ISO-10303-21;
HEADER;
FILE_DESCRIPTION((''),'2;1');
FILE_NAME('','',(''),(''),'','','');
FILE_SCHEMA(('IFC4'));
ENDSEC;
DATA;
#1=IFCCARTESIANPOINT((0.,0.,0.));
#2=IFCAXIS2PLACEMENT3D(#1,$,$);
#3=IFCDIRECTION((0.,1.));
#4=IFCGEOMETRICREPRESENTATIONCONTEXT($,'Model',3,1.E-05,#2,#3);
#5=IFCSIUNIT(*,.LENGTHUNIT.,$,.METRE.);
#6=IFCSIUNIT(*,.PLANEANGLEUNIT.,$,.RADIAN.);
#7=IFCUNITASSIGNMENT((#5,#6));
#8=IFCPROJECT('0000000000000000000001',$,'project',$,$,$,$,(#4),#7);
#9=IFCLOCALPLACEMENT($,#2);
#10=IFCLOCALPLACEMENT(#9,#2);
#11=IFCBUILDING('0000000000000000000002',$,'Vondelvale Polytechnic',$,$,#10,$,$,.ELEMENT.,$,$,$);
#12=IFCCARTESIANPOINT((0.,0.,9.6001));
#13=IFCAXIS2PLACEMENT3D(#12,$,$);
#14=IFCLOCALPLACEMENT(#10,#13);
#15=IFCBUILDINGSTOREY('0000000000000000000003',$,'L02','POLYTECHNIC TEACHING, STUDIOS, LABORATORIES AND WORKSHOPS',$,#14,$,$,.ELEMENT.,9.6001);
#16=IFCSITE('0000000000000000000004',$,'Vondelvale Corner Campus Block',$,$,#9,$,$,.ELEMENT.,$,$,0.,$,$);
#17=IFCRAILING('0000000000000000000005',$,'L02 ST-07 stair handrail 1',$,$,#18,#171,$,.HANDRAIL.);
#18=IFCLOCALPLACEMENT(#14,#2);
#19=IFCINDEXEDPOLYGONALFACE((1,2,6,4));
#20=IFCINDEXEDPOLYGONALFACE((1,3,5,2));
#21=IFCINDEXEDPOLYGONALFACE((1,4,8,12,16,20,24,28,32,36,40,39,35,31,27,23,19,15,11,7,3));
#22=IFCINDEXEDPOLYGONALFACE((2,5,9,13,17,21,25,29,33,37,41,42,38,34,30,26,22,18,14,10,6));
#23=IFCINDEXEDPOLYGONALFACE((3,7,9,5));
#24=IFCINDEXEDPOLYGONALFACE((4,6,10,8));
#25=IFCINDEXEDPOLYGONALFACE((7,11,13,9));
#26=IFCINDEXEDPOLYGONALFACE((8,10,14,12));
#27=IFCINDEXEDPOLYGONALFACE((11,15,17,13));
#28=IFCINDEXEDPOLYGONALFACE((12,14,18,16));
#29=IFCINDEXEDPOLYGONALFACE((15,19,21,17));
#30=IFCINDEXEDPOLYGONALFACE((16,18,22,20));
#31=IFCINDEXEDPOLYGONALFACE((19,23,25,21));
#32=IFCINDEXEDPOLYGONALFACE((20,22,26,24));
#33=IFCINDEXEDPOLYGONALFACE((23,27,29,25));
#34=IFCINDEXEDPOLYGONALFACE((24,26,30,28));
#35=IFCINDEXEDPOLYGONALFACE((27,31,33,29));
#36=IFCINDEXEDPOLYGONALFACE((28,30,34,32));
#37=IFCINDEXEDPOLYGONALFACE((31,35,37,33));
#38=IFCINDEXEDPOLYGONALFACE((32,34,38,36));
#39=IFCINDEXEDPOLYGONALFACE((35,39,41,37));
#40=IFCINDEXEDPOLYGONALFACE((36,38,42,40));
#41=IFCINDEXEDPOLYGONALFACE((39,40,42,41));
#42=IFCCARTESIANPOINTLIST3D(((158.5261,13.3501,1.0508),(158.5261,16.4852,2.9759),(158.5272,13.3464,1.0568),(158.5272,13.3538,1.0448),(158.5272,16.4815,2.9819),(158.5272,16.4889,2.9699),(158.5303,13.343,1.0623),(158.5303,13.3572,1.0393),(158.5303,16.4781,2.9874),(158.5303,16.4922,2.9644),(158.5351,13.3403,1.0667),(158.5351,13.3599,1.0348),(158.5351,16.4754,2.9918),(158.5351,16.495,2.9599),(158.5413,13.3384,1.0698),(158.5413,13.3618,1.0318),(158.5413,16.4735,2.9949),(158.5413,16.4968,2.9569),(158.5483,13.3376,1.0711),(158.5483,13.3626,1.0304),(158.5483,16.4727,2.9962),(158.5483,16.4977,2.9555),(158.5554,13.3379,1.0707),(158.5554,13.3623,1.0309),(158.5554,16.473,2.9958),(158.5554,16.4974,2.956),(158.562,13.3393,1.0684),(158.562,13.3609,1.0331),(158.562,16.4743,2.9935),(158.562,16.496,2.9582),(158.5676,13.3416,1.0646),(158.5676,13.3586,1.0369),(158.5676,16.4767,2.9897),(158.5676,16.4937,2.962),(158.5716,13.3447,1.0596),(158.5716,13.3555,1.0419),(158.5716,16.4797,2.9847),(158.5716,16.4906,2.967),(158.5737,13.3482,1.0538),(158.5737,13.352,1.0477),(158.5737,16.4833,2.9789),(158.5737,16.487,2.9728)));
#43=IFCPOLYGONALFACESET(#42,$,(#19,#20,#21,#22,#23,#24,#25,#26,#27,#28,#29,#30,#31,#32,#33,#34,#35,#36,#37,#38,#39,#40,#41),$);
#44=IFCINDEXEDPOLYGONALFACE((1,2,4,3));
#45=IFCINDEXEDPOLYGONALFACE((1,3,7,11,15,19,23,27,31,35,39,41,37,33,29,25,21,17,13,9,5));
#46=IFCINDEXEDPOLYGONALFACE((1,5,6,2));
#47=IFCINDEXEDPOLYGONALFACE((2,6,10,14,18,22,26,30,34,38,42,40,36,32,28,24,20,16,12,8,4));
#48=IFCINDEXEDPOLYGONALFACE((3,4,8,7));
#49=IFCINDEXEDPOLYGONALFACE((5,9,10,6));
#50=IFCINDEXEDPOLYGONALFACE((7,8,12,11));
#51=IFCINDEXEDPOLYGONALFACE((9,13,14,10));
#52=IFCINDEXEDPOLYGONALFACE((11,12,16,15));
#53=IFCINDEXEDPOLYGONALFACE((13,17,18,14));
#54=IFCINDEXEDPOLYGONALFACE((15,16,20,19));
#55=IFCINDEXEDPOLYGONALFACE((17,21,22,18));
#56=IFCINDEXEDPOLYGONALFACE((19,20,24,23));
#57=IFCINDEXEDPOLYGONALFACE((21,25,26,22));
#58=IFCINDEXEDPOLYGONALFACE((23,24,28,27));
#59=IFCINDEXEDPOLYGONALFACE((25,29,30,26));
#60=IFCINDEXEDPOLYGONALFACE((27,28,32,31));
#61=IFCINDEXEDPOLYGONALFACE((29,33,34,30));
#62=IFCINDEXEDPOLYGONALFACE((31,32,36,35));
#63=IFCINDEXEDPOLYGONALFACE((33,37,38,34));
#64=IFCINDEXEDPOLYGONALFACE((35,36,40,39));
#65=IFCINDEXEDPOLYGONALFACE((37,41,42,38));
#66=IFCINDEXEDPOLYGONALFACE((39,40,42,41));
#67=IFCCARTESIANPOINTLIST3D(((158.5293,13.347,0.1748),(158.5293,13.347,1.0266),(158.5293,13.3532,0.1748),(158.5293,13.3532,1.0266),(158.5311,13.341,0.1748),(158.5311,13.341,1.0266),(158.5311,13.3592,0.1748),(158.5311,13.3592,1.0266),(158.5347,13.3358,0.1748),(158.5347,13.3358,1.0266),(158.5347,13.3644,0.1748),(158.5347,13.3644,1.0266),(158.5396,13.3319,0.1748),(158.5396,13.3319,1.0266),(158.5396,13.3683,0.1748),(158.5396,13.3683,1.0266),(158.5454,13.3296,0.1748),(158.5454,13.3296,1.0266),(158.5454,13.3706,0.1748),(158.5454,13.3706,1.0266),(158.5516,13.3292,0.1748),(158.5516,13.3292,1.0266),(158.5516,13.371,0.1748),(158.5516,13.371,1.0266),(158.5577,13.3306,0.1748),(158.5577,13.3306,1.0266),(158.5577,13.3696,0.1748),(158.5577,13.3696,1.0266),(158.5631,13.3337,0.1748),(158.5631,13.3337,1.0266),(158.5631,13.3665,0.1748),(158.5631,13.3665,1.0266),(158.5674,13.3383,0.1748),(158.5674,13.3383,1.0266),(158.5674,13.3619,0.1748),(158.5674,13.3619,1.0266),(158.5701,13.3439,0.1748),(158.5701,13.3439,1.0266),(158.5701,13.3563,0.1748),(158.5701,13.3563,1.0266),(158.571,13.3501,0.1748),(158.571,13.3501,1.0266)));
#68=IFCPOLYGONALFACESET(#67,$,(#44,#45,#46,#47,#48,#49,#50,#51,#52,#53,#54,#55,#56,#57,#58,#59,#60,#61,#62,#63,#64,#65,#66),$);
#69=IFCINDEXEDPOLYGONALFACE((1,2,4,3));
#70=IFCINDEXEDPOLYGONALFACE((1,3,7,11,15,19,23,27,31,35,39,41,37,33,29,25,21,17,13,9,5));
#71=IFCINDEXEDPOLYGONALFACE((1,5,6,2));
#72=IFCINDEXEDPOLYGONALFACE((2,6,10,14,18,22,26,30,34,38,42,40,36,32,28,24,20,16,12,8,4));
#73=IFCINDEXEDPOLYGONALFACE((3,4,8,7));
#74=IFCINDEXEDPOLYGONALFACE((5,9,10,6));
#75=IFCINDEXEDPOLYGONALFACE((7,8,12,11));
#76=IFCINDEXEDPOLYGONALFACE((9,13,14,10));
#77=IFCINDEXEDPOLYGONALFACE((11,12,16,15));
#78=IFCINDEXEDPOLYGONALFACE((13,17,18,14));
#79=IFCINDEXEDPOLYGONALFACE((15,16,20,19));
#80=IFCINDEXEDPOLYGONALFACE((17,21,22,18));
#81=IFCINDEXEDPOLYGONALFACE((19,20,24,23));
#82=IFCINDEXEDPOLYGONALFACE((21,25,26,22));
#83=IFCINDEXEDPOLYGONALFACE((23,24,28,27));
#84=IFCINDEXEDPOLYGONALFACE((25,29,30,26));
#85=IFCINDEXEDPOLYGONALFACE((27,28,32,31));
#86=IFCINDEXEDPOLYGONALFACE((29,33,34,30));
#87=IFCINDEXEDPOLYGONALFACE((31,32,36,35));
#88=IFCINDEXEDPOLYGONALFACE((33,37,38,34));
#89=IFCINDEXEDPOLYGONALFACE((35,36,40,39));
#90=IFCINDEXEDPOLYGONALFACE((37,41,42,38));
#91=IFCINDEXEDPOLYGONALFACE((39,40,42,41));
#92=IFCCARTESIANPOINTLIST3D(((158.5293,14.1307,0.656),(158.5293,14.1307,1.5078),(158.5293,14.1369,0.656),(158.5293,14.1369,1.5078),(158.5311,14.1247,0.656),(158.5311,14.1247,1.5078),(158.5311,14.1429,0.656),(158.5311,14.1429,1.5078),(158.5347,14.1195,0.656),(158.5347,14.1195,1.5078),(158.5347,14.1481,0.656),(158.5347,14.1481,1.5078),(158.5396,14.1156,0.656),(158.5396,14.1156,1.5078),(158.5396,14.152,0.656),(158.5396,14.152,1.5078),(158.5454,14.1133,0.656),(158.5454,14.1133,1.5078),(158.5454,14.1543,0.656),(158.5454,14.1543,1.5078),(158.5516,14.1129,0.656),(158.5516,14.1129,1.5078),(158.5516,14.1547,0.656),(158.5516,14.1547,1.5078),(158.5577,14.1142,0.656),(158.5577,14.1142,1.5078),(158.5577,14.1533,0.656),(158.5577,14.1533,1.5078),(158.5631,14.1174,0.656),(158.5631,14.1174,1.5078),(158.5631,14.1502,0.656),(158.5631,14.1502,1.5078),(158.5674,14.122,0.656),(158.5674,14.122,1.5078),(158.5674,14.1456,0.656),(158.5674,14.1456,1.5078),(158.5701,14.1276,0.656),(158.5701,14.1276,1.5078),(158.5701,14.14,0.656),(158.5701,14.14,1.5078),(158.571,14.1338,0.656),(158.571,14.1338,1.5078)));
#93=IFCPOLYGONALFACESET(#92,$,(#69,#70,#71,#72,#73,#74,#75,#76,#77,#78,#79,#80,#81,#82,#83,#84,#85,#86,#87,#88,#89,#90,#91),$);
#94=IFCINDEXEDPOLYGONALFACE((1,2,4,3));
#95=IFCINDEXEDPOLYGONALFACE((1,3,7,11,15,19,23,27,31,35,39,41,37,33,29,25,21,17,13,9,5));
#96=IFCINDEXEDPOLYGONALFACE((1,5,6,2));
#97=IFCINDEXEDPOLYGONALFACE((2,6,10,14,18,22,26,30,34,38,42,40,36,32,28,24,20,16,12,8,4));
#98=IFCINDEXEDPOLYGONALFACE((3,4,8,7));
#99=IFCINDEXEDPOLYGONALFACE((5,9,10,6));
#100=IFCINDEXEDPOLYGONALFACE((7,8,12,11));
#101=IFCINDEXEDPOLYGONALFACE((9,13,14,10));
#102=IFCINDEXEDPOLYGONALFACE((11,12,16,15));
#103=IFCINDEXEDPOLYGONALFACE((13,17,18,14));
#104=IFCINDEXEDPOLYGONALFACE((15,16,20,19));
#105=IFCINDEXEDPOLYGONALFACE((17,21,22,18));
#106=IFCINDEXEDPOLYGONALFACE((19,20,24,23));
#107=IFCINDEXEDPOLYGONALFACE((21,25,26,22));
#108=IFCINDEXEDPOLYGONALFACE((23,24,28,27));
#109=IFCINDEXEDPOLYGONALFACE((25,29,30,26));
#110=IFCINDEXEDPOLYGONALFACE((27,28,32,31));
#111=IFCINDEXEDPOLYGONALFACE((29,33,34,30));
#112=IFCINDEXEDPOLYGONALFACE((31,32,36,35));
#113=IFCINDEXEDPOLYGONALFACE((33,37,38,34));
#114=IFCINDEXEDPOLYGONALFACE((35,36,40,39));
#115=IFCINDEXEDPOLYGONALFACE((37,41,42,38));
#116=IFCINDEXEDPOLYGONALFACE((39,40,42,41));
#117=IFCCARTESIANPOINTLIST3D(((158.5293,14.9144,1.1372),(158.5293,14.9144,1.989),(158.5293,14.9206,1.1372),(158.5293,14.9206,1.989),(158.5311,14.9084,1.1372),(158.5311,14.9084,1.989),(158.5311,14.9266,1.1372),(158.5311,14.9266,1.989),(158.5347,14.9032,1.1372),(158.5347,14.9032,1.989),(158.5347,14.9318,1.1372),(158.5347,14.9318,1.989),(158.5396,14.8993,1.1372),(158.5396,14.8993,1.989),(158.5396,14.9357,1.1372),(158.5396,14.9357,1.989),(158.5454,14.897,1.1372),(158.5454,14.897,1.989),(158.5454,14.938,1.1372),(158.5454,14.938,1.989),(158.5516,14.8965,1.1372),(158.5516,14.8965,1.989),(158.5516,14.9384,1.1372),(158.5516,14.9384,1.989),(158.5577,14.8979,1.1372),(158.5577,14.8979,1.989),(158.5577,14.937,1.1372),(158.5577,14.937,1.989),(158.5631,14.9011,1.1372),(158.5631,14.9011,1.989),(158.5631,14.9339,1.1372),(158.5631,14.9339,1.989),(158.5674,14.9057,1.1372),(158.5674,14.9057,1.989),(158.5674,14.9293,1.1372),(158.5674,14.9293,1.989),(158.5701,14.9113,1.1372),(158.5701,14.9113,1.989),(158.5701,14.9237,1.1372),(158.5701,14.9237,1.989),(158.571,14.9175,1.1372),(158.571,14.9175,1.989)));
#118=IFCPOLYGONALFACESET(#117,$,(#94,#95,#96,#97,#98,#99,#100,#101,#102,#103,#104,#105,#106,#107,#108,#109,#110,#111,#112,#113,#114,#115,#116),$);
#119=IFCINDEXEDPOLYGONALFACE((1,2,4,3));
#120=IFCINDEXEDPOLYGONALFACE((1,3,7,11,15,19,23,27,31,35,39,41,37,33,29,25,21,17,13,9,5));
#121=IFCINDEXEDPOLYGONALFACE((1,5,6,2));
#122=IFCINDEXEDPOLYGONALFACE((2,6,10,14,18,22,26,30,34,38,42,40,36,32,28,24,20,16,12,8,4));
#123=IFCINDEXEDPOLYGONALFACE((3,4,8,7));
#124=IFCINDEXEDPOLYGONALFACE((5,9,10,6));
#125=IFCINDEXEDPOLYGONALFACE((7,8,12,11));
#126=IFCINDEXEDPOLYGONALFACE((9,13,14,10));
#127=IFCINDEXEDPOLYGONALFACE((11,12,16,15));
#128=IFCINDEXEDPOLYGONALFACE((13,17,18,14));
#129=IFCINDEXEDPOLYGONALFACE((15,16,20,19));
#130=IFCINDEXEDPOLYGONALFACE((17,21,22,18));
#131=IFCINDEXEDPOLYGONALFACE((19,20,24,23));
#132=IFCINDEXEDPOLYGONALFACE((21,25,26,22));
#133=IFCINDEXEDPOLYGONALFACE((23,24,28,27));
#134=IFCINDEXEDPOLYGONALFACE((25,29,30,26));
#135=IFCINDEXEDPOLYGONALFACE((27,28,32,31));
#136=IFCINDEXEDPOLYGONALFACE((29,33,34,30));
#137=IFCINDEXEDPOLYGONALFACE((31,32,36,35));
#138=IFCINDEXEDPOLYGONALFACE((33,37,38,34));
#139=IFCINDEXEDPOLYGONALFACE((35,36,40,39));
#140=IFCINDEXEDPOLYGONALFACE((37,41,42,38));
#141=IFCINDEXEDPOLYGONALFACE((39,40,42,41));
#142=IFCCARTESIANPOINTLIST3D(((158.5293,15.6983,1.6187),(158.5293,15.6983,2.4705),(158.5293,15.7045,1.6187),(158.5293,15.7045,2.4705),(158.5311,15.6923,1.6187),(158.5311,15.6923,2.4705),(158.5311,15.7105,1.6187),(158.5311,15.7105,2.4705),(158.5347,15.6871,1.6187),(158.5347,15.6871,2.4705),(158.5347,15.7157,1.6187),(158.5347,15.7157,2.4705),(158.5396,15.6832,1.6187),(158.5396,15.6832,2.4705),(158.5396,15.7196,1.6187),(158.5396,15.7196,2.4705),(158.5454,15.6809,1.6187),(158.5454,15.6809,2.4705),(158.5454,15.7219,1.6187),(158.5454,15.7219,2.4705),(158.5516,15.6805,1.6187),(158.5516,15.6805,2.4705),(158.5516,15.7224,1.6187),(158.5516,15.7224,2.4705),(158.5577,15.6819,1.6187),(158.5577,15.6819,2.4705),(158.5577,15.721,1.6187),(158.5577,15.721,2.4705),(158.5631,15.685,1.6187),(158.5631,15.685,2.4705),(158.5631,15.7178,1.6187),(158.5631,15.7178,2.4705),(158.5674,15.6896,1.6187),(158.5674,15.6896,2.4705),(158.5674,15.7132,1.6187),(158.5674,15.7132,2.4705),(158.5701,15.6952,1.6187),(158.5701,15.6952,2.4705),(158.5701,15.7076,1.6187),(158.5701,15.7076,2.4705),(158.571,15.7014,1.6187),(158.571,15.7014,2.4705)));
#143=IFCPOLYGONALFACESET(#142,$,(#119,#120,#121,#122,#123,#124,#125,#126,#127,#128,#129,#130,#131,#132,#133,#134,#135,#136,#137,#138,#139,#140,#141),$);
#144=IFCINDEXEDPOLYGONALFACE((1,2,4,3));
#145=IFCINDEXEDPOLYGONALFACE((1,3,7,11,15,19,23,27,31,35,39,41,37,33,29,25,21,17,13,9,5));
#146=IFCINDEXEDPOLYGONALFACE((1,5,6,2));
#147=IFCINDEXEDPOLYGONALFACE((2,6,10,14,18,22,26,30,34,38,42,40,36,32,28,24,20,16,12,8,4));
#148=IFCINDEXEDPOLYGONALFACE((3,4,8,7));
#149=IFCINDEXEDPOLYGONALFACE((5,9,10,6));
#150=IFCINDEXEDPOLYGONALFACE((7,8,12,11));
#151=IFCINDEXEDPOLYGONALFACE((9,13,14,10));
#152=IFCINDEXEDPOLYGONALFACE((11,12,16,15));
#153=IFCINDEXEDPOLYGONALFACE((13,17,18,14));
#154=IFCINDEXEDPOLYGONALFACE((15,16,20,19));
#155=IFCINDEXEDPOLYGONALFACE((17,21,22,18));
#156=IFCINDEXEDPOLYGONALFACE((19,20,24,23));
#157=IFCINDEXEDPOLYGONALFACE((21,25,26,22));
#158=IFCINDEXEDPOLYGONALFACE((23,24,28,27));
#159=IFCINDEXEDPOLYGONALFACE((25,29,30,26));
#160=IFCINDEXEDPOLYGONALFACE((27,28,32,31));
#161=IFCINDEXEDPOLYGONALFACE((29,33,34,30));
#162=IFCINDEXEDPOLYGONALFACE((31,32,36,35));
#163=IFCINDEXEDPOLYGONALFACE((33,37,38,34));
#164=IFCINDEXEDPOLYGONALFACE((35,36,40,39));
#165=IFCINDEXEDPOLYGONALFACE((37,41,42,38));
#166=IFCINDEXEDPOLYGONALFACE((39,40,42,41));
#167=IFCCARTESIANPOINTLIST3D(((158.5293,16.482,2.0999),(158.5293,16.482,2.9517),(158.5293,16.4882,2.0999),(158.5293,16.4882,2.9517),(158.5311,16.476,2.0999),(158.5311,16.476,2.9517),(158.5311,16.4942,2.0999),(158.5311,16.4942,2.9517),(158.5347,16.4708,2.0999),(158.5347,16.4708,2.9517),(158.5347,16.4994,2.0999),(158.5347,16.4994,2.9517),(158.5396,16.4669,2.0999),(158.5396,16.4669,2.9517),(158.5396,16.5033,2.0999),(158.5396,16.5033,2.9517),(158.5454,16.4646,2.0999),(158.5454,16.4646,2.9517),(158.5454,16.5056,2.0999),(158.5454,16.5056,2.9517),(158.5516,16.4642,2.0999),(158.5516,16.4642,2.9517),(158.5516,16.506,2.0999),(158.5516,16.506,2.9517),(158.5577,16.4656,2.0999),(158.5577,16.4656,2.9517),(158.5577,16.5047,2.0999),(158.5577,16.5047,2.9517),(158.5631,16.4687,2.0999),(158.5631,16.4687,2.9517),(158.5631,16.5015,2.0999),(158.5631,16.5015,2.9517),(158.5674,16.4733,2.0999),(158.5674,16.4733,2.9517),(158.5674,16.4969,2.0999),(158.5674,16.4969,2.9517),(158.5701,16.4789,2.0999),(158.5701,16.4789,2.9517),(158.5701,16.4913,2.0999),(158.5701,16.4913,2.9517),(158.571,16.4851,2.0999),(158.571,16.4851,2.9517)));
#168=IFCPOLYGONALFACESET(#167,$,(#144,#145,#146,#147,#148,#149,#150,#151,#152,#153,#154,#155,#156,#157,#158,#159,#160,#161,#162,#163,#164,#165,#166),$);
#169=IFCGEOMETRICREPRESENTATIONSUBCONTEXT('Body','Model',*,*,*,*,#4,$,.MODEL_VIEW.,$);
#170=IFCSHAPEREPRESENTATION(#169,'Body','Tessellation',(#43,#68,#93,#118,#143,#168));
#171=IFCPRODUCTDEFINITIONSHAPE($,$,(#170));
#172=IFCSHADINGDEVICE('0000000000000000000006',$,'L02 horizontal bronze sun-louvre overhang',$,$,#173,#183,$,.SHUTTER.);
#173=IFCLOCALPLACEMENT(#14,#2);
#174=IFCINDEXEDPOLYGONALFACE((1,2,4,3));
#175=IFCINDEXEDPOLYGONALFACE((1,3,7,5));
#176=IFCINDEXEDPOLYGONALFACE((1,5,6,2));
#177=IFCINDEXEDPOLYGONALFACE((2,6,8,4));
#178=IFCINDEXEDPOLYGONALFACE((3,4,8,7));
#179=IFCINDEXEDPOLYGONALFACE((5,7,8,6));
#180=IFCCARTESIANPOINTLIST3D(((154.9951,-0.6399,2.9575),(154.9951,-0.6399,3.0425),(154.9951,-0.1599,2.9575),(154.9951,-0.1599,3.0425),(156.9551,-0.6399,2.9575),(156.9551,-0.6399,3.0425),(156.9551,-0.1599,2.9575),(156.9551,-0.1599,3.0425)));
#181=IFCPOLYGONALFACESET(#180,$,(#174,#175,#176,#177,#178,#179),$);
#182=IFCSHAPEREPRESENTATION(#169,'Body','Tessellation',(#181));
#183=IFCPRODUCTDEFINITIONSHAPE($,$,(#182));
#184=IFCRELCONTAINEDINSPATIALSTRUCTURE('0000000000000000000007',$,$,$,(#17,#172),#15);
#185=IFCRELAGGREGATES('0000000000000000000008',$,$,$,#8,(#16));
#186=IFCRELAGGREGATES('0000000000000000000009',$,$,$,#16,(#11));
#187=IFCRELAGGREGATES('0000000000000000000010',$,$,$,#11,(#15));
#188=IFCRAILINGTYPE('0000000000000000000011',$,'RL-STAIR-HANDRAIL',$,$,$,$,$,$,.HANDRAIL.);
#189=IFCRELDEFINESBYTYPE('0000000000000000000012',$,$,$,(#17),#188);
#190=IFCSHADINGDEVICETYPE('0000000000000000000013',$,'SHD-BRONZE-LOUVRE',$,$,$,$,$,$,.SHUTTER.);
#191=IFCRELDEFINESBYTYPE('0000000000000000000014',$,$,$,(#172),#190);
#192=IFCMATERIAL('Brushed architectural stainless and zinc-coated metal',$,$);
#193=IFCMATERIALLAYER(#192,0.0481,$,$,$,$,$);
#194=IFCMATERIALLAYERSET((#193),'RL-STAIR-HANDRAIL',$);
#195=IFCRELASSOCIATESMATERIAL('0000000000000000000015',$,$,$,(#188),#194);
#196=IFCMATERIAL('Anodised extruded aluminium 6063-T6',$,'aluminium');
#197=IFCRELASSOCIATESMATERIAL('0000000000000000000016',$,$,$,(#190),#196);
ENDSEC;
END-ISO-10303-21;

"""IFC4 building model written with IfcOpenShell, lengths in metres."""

from ifc_helpers import new_model, si_unit, direction, frame, origin, origin_2d, place, context, subcontext, project, spatial, rectangle, circle, extrude, material, layer, layer_set, type_object, element, save


model = new_model("IFC4")

# Units and contexts
model_context = context("Model", 3, precision=1e-05, world=origin(), true_north=direction((0.0, 1.0)))
body_context = subcontext(model_context, "Body", "Model", "MODEL_VIEW")
ifc_project = project(units=[si_unit("LENGTHUNIT", "METRE"), si_unit("PLANEANGLEUNIT", "RADIAN")], contexts=[model_context])

# Site, building, storey
site_placement = place(None, origin())
site = spatial("IfcSite", under=ifc_project, at=site_placement, Name="Vondelvale Corner Campus Block", CompositionType="ELEMENT", RefElevation=0.0)
building_placement = place(site_placement, origin())
building = spatial("IfcBuilding", under=site, at=building_placement, Name="Vondelvale Polytechnic", CompositionType="ELEMENT")
storey_placement = place(building_placement, frame((0.0, 0.0, 9.6001)))
storey = spatial("IfcBuildingStorey", under=building, at=storey_placement, Name="L02", Description="POLYTECHNIC TEACHING, STUDIOS, LABORATORIES AND WORKSHOPS", CompositionType="ELEMENT", Elevation=9.6001)

# Railing
ifc_material_1 = material(Name="Brushed architectural stainless and zinc-coated metal")
ifc_layer_1 = layer(ifc_material_1, 0.0481)
ifc_layer_set_1 = layer_set([ifc_layer_1], Name="RL-STAIR-HANDRAIL")
railing_type_1 = type_object("IfcRailingType", Name="RL-STAIR-HANDRAIL", PredefinedType="HANDRAIL", material=ifc_layer_set_1)
railing_1_placement = place(storey_placement, frame((158.55, 13.3501, 0.1748)))
element("IfcRailing", 1, at=railing_1_placement, inside=storey, type_object=railing_type_1, Name="L02 ST-07 stair handrail 1", PredefinedType="HANDRAIL", context=body_context, shape_type="SweptSolid", body=[
    extrude(circle(Radius=0.0239, at=origin_2d()), frame((0.0, 0.0, 0.876), z_axis=(0.0, 0.852166, 0.523271), x_axis=(-1.0, 0.0, 0.0)), (0.0, 0.0, 1.0), 3.679),
    extrude(circle(Radius=0.021, at=origin_2d()), origin(), (0.0, 0.0, 1.0), 0.8518),
    extrude(circle(Radius=0.021, at=origin_2d()), frame((0.0, 0.7837, 0.4812)), (0.0, 0.0, 1.0), 0.8518),
    extrude(circle(Radius=0.021, at=origin_2d()), frame((0.0, 1.5674, 0.9624)), (0.0, 0.0, 1.0), 0.8518),
    extrude(circle(Radius=0.021, at=origin_2d()), frame((0.0, 2.3513, 1.4438)), (0.0, 0.0, 1.0), 0.8518),
    extrude(circle(Radius=0.021, at=origin_2d()), frame((0.0, 3.135, 1.925)), (0.0, 0.0, 1.0), 0.8518),
])

# Shading device
ifc_material_2 = material(Name="Anodised extruded aluminium 6063-T6", Category="aluminium")
shading_device_type = type_object("IfcShadingDeviceType", Name="SHD-BRONZE-LOUVRE", PredefinedType="SHUTTER", material=ifc_material_2)
shading_device_placement = place(storey_placement, frame((155.9751, -0.3999, 2.9575), z_axis=(0.0, 0.0, 1.0), x_axis=(-1.0, 0.0, 0.0)))
element("IfcShadingDevice", 2, at=shading_device_placement, inside=storey, type_object=shading_device_type, Name="L02 horizontal bronze sun-louvre overhang", PredefinedType="SHUTTER", context=body_context, shape_type="SweptSolid", body=[
    extrude(rectangle(XDim=1.96, YDim=0.48, at=origin_2d()), origin(), (0.0, 0.0, 1.0), 0.085),
])

save(model, "model.ifc")
